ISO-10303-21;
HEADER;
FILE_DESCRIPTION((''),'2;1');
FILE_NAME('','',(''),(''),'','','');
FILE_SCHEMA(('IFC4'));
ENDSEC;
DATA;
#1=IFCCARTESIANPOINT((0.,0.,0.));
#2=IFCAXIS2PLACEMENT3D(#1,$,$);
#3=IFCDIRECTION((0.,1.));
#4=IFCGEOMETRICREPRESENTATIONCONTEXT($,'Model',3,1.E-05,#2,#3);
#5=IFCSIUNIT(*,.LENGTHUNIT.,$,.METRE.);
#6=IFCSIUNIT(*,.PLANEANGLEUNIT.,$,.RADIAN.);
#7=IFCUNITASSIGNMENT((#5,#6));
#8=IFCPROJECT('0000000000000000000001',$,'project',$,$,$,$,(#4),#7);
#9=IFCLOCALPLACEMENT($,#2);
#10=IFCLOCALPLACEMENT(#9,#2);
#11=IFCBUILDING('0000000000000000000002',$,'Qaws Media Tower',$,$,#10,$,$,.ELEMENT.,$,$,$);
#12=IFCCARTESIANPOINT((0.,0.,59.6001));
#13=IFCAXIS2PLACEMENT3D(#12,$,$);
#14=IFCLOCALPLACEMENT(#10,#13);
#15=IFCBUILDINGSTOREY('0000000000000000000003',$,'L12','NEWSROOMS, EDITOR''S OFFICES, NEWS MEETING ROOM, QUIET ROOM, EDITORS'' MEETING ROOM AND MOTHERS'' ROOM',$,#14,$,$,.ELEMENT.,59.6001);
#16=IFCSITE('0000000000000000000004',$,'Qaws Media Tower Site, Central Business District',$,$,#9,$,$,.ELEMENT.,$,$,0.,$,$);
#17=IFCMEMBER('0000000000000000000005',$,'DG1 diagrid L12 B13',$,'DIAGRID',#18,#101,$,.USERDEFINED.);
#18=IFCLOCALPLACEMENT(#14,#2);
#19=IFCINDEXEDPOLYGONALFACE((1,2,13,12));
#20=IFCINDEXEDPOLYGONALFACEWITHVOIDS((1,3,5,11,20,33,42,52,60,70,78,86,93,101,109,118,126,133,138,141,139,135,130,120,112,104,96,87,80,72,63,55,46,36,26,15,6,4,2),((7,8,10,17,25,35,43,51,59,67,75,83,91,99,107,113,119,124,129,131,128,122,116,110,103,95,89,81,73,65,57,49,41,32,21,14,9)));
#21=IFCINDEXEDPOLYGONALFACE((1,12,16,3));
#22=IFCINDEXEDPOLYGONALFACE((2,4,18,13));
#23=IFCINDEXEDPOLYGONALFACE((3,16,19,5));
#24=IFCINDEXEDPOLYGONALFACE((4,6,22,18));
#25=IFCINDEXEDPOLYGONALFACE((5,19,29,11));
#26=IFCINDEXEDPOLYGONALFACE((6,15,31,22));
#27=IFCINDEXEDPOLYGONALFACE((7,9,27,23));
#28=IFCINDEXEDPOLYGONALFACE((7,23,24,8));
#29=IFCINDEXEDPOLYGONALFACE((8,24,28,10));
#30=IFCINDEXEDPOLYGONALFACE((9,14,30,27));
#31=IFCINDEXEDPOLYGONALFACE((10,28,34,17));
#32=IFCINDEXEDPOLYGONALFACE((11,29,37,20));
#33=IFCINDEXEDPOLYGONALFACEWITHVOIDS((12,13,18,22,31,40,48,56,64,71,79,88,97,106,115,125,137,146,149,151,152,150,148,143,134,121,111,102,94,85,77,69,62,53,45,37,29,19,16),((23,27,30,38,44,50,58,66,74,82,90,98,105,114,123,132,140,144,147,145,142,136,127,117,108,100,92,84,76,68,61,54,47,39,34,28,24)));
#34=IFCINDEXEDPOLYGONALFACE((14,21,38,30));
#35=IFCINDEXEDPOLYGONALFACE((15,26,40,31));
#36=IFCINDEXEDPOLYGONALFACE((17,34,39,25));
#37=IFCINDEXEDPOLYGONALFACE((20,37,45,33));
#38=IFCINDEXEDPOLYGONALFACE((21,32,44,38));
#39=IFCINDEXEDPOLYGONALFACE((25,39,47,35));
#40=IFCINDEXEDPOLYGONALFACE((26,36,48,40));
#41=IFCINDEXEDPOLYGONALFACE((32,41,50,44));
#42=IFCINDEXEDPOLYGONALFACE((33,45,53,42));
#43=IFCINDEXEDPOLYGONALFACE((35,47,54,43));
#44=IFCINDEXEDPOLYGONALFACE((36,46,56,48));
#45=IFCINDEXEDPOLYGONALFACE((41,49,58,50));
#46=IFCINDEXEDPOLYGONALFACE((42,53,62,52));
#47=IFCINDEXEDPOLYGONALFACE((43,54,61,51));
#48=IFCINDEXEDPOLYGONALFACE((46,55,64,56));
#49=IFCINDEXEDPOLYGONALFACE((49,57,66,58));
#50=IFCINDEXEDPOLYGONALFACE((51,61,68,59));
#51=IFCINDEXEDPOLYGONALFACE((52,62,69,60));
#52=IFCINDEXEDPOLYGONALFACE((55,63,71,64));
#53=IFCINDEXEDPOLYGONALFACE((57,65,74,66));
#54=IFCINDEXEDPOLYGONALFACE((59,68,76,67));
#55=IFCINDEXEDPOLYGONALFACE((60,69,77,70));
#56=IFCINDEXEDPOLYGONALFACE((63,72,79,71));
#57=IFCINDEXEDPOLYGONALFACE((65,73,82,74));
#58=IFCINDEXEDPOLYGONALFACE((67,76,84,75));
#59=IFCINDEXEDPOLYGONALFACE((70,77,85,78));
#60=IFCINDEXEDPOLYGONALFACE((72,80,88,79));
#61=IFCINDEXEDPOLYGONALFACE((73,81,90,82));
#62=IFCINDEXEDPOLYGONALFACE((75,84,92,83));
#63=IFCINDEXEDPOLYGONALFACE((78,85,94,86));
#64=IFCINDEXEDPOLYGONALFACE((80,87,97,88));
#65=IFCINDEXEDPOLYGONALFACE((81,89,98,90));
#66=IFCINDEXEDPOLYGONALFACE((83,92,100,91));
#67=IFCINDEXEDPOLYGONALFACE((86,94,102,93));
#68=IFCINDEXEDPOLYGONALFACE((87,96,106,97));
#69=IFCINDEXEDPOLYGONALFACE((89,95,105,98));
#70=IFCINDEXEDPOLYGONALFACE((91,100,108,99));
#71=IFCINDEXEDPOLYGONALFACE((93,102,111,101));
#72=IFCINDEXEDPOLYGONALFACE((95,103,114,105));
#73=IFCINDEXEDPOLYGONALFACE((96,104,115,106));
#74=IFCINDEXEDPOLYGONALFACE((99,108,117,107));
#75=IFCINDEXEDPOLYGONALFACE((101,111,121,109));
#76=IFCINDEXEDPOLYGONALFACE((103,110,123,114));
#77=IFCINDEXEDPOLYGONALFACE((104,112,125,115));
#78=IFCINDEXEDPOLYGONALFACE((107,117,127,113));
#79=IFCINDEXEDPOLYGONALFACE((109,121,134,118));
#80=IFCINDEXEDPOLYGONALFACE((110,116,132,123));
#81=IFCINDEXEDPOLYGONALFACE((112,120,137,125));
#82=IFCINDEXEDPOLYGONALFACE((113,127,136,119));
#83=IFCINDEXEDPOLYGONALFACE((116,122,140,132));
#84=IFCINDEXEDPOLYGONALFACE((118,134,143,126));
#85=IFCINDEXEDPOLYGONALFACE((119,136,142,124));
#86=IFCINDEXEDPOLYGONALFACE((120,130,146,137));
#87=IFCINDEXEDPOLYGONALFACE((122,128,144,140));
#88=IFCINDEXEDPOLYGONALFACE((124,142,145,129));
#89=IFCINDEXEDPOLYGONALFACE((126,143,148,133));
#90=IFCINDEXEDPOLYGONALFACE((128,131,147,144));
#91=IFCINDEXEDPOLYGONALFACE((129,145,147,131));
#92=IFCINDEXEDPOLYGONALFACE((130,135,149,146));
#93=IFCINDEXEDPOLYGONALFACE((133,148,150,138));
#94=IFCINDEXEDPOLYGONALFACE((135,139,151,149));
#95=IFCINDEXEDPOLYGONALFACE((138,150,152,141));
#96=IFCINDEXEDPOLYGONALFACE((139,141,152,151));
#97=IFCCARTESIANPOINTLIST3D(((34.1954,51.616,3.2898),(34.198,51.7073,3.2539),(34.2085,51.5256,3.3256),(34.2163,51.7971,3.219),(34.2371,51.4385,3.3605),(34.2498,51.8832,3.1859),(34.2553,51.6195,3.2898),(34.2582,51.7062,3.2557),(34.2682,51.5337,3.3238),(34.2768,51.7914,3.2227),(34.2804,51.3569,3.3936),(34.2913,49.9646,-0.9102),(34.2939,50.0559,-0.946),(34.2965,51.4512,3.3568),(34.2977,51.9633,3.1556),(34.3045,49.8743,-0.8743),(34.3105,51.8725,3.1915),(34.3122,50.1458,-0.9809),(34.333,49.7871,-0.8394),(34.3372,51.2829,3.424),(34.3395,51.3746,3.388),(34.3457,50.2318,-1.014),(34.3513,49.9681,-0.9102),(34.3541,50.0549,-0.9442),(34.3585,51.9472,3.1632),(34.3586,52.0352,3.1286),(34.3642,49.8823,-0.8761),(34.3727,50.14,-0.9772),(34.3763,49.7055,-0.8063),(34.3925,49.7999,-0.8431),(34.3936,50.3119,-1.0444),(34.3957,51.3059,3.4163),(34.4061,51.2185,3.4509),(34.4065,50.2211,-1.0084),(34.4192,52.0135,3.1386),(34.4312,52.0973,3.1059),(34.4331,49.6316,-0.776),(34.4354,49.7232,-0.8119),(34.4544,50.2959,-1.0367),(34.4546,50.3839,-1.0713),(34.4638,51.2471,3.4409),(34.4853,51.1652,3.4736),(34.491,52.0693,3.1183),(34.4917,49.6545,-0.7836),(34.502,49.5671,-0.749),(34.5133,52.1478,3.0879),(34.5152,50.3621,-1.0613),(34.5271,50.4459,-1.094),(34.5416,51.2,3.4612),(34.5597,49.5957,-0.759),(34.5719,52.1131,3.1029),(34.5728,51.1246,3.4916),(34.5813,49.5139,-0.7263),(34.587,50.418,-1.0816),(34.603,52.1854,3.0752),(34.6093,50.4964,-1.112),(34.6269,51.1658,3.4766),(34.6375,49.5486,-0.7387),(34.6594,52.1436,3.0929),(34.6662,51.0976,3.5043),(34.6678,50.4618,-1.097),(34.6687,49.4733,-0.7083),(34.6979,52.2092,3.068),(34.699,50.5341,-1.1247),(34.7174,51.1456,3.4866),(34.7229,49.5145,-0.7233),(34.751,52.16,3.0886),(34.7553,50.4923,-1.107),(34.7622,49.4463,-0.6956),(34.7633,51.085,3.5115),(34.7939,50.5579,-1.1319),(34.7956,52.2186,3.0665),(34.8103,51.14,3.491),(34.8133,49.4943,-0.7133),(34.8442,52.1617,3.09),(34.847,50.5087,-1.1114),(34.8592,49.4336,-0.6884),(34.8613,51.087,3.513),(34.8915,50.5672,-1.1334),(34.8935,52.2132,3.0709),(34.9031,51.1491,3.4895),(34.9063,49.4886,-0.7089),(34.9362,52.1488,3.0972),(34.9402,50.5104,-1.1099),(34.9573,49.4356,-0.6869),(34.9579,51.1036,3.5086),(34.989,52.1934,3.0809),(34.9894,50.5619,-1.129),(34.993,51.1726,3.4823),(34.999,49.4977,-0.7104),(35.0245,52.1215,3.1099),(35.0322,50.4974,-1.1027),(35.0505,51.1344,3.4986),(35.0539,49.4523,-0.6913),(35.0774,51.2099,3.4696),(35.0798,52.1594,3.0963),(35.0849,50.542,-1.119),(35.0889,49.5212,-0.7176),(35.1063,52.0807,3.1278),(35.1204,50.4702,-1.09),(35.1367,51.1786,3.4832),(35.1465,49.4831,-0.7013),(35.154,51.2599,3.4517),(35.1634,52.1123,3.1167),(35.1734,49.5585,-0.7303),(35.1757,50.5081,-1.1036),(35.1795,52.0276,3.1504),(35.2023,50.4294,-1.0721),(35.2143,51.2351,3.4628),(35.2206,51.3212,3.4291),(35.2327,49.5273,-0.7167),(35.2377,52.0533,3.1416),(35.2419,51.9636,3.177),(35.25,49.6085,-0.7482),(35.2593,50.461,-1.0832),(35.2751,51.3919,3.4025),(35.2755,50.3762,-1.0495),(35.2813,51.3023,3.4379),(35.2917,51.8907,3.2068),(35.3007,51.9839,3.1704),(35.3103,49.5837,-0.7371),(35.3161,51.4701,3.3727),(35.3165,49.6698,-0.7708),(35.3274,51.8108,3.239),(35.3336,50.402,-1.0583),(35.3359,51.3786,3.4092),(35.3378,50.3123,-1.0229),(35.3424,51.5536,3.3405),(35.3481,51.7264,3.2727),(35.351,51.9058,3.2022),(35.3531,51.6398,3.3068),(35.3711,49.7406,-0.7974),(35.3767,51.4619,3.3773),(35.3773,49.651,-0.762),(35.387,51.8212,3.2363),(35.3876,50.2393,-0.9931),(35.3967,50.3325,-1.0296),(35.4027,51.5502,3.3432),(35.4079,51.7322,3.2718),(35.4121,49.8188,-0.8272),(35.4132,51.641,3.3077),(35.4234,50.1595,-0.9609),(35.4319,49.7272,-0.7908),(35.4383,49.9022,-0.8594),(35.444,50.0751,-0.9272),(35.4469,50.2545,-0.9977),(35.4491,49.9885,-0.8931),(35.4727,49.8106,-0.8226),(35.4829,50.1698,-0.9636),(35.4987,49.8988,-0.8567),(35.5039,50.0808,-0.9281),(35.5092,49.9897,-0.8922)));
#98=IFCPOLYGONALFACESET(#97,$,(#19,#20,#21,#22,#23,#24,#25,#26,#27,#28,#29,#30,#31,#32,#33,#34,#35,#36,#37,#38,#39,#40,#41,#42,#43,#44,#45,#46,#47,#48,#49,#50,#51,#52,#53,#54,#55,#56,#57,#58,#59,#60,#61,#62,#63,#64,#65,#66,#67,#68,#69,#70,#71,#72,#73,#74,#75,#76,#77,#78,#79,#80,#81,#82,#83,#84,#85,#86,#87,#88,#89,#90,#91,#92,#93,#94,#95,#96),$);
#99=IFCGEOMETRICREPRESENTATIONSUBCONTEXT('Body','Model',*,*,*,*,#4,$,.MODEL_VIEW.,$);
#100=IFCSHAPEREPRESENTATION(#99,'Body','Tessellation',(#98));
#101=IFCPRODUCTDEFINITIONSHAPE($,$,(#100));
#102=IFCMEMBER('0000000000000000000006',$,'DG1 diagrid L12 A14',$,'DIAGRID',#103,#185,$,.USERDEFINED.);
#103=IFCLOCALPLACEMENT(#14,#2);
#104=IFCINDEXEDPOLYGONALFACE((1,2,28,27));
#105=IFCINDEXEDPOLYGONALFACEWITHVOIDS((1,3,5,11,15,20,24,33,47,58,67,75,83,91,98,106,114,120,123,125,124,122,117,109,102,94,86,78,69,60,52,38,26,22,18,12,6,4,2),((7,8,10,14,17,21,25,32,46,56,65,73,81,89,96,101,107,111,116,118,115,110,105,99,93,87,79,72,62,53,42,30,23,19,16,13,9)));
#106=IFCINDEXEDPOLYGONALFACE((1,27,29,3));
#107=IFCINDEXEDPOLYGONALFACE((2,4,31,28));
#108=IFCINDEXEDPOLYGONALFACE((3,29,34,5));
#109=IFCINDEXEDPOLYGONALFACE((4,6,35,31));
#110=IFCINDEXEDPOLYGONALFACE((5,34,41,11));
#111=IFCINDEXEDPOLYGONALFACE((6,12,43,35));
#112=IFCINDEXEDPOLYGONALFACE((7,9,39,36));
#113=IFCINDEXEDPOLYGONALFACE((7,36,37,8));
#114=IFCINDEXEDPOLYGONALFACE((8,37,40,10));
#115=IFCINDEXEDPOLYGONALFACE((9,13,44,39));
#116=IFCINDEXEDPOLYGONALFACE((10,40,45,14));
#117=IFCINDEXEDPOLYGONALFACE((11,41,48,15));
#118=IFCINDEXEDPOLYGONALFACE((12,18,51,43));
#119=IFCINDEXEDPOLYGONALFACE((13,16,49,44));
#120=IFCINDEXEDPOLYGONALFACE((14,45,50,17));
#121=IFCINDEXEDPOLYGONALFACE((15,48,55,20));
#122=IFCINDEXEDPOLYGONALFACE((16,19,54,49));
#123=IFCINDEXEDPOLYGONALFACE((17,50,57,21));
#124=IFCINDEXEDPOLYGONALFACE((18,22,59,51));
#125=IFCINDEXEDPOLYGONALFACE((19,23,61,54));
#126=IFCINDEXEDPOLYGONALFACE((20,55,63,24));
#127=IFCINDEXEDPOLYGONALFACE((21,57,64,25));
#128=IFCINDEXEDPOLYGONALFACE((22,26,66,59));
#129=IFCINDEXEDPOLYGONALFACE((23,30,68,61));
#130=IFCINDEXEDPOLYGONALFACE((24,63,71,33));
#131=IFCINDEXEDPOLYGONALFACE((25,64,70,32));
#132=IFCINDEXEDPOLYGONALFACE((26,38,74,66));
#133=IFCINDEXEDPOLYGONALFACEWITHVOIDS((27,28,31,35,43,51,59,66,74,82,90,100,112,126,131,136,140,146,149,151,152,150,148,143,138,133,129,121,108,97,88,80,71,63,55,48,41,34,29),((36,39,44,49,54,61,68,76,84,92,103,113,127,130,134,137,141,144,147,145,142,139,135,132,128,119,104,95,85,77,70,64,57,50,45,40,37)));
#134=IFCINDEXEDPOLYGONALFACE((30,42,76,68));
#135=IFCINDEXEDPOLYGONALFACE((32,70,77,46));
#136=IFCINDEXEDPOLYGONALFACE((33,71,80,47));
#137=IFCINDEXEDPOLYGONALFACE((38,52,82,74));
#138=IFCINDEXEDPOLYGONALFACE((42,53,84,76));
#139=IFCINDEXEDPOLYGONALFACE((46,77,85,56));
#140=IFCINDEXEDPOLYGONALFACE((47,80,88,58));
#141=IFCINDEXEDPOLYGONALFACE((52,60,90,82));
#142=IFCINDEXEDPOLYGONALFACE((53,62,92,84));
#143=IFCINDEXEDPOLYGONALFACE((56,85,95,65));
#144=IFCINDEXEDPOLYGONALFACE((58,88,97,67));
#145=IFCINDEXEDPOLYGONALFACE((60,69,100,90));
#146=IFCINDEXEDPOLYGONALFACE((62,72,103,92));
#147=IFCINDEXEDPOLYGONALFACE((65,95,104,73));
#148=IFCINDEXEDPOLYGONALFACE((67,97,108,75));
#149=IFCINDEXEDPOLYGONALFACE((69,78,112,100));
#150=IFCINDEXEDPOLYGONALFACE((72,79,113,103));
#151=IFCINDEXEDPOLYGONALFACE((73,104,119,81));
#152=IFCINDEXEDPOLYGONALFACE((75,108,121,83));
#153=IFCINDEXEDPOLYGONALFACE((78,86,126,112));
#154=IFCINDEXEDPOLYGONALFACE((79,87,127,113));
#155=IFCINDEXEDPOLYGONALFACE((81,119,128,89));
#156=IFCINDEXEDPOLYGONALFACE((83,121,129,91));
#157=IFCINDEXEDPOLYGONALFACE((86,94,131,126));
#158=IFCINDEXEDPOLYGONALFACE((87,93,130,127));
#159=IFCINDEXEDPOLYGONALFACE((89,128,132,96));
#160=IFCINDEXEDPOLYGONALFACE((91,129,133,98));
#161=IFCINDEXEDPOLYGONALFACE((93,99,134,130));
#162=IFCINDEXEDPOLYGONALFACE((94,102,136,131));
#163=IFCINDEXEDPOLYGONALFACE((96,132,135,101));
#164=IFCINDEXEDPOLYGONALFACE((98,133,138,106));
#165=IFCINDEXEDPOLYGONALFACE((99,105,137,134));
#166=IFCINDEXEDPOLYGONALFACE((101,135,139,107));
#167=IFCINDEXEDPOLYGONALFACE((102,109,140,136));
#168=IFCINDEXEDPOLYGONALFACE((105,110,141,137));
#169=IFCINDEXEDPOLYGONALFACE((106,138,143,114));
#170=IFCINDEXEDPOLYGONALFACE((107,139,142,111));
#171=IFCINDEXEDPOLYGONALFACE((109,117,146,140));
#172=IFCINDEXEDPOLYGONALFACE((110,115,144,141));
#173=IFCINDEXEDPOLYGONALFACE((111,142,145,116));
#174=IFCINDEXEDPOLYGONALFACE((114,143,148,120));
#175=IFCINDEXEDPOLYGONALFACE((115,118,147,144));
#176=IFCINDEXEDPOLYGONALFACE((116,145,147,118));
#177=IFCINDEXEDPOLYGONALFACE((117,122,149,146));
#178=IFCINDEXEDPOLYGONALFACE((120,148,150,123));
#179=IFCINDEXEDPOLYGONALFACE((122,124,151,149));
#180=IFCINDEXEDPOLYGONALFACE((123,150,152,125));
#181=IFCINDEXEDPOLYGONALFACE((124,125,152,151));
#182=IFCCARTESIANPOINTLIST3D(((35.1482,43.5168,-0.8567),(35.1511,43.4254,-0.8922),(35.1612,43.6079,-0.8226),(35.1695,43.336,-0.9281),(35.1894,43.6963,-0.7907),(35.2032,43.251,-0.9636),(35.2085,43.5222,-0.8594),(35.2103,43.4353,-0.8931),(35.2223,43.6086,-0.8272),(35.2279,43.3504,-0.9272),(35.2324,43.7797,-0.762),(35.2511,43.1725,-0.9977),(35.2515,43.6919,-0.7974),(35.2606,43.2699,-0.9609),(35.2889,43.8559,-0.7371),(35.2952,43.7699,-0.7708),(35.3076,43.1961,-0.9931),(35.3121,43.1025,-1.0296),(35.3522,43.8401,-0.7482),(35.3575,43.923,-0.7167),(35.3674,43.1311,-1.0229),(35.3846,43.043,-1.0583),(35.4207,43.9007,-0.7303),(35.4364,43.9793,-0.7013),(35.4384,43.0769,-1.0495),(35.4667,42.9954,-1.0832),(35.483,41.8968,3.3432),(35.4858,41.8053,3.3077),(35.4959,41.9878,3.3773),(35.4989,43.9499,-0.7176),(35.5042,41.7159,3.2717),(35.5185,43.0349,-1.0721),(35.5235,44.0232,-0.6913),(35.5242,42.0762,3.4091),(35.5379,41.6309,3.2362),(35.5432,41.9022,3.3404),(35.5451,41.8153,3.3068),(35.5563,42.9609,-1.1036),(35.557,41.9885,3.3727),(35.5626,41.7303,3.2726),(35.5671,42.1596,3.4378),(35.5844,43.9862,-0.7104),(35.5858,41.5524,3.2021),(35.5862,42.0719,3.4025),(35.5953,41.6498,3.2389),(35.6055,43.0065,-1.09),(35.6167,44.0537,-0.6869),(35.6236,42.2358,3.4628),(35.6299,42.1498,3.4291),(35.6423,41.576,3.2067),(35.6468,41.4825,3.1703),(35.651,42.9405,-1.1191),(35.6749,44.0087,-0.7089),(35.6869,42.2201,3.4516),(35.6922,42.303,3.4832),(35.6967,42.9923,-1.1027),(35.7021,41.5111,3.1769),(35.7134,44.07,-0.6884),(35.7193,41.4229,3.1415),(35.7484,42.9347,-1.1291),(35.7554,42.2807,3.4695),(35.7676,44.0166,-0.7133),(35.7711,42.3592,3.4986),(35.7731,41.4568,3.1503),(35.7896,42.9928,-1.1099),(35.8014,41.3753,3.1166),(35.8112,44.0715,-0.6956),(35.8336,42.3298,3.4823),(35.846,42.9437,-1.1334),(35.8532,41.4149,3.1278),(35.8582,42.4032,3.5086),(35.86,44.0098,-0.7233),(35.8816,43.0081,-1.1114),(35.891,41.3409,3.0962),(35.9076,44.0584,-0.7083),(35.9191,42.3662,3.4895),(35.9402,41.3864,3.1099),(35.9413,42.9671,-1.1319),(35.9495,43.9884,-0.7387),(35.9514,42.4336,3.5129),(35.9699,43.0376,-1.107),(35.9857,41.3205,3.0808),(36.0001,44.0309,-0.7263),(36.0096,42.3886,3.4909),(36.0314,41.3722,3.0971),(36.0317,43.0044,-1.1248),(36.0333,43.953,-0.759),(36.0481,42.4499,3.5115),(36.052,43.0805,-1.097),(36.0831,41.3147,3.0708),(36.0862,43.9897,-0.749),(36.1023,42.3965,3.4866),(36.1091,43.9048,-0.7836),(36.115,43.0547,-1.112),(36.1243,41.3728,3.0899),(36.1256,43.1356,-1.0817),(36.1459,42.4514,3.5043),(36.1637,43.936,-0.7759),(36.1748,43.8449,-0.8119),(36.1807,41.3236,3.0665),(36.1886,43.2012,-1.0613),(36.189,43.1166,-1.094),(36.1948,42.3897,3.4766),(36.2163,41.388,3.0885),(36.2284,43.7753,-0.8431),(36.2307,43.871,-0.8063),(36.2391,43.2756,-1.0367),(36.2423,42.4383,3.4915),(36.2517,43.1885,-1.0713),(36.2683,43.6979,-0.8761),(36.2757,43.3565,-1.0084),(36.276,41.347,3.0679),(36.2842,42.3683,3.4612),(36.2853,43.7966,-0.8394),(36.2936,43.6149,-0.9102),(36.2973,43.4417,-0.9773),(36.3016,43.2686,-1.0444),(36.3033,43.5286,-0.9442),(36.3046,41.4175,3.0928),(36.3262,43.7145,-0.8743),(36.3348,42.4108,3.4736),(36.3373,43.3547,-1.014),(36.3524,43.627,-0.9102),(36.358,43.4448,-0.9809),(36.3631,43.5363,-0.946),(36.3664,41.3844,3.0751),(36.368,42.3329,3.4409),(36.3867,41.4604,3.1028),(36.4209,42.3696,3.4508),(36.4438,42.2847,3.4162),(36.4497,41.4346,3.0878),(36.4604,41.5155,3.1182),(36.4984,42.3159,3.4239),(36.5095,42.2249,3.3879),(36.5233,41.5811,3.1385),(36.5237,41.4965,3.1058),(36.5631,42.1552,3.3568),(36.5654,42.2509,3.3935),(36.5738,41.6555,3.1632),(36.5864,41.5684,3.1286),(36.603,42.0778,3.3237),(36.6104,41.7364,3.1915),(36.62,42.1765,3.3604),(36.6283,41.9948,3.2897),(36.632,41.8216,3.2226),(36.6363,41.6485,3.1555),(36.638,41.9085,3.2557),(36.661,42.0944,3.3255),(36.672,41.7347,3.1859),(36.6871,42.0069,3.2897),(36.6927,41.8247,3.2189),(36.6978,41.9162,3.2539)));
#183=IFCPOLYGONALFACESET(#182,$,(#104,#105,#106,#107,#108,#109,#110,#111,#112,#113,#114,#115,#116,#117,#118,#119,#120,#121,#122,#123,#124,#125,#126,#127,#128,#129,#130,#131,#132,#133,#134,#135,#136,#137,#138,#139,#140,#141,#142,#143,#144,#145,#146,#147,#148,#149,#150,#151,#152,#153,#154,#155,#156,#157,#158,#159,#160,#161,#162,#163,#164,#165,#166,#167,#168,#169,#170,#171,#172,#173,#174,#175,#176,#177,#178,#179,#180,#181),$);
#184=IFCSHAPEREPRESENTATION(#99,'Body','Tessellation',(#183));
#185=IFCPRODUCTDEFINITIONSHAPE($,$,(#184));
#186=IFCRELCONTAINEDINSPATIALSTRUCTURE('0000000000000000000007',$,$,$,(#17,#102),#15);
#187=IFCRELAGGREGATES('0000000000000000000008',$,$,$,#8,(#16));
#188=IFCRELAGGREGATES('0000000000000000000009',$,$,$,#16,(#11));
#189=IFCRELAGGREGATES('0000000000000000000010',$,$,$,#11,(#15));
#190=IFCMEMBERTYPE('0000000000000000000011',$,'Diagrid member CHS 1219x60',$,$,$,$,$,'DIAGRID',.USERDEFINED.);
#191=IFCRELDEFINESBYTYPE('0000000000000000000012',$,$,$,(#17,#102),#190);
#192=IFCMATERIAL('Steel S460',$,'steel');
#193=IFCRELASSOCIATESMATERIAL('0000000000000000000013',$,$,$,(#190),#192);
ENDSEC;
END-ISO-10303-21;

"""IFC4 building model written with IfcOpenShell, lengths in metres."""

from ifc_helpers import new_model, si_unit, direction, frame, origin, origin_2d, place, context, subcontext, project, spatial, hollow_circle, extrude, material, material_profile, profile_set, type_object, element, save


model = new_model("IFC4")

# Units and contexts
model_context = context("Model", 3, precision=1e-05, world=origin(), true_north=direction((0.0, 1.0)))
body_context = subcontext(model_context, "Body", "Model", "MODEL_VIEW")
ifc_project = project(units=[si_unit("LENGTHUNIT", "METRE"), si_unit("PLANEANGLEUNIT", "RADIAN")], contexts=[model_context])

# Site, building, storey
site_placement = place(None, origin())
site = spatial("IfcSite", under=ifc_project, at=site_placement, Name="Qaws Media Tower Site, Central Business District", CompositionType="ELEMENT", RefElevation=0.0)
building_placement = place(site_placement, origin())
building = spatial("IfcBuilding", under=site, at=building_placement, Name="Qaws Media Tower", CompositionType="ELEMENT")
storey_placement = place(building_placement, frame((0.0, 0.0, 59.6001)))
storey = spatial("IfcBuildingStorey", under=building, at=storey_placement, Name="L12", Description="NEWSROOMS, EDITOR'S OFFICES, NEWS MEETING ROOM, QUIET ROOM, EDITORS' MEETING ROOM AND MOTHERS' ROOM", CompositionType="ELEMENT", Elevation=59.6001)

# Members
ifc_material_1 = material(Name="Steel S460", Category="steel")
ifc_material_profile_1 = material_profile(ifc_material_1, hollow_circle(Radius=0.6096, WallThickness=0.0601, at=origin_2d()), Name="CHS 1219x60")
ifc_profile_set_1 = profile_set([ifc_material_profile_1], Name="Steel S460")
member_type_1 = type_object("IfcMemberType", Name="Diagrid member CHS 1219x60", ElementType="DIAGRID", PredefinedType="USERDEFINED", material=ifc_profile_set_1)
for number, where, z_axis, x_axis, name in (
    (1, (34.8999, 50.0, -0.9102), (-0.021256, 0.365836, 0.930437), (-0.998316, -0.058004, 0.0), "DG1 diagrid L12 B13"),
    (2, (35.7554, 43.5037, -0.9102), (0.07415, -0.358908, 0.930423), (0.979318, 0.202327, 0.0), "DG1 diagrid L12 A14"),
):
    element("IfcMember", number, at=place(storey_placement, frame(where, z_axis=z_axis, x_axis=x_axis)), inside=storey, type_object=member_type_1, Name=name, ObjectType="DIAGRID", PredefinedType="USERDEFINED", context=body_context, shape_type="SweptSolid", body=[
        extrude(hollow_circle(Radius=0.6096, WallThickness=0.0601, at=origin_2d()), origin(), (0.0, 0.0, 1.0), 4.5139),
    ])

save(model, "model.ifc")
